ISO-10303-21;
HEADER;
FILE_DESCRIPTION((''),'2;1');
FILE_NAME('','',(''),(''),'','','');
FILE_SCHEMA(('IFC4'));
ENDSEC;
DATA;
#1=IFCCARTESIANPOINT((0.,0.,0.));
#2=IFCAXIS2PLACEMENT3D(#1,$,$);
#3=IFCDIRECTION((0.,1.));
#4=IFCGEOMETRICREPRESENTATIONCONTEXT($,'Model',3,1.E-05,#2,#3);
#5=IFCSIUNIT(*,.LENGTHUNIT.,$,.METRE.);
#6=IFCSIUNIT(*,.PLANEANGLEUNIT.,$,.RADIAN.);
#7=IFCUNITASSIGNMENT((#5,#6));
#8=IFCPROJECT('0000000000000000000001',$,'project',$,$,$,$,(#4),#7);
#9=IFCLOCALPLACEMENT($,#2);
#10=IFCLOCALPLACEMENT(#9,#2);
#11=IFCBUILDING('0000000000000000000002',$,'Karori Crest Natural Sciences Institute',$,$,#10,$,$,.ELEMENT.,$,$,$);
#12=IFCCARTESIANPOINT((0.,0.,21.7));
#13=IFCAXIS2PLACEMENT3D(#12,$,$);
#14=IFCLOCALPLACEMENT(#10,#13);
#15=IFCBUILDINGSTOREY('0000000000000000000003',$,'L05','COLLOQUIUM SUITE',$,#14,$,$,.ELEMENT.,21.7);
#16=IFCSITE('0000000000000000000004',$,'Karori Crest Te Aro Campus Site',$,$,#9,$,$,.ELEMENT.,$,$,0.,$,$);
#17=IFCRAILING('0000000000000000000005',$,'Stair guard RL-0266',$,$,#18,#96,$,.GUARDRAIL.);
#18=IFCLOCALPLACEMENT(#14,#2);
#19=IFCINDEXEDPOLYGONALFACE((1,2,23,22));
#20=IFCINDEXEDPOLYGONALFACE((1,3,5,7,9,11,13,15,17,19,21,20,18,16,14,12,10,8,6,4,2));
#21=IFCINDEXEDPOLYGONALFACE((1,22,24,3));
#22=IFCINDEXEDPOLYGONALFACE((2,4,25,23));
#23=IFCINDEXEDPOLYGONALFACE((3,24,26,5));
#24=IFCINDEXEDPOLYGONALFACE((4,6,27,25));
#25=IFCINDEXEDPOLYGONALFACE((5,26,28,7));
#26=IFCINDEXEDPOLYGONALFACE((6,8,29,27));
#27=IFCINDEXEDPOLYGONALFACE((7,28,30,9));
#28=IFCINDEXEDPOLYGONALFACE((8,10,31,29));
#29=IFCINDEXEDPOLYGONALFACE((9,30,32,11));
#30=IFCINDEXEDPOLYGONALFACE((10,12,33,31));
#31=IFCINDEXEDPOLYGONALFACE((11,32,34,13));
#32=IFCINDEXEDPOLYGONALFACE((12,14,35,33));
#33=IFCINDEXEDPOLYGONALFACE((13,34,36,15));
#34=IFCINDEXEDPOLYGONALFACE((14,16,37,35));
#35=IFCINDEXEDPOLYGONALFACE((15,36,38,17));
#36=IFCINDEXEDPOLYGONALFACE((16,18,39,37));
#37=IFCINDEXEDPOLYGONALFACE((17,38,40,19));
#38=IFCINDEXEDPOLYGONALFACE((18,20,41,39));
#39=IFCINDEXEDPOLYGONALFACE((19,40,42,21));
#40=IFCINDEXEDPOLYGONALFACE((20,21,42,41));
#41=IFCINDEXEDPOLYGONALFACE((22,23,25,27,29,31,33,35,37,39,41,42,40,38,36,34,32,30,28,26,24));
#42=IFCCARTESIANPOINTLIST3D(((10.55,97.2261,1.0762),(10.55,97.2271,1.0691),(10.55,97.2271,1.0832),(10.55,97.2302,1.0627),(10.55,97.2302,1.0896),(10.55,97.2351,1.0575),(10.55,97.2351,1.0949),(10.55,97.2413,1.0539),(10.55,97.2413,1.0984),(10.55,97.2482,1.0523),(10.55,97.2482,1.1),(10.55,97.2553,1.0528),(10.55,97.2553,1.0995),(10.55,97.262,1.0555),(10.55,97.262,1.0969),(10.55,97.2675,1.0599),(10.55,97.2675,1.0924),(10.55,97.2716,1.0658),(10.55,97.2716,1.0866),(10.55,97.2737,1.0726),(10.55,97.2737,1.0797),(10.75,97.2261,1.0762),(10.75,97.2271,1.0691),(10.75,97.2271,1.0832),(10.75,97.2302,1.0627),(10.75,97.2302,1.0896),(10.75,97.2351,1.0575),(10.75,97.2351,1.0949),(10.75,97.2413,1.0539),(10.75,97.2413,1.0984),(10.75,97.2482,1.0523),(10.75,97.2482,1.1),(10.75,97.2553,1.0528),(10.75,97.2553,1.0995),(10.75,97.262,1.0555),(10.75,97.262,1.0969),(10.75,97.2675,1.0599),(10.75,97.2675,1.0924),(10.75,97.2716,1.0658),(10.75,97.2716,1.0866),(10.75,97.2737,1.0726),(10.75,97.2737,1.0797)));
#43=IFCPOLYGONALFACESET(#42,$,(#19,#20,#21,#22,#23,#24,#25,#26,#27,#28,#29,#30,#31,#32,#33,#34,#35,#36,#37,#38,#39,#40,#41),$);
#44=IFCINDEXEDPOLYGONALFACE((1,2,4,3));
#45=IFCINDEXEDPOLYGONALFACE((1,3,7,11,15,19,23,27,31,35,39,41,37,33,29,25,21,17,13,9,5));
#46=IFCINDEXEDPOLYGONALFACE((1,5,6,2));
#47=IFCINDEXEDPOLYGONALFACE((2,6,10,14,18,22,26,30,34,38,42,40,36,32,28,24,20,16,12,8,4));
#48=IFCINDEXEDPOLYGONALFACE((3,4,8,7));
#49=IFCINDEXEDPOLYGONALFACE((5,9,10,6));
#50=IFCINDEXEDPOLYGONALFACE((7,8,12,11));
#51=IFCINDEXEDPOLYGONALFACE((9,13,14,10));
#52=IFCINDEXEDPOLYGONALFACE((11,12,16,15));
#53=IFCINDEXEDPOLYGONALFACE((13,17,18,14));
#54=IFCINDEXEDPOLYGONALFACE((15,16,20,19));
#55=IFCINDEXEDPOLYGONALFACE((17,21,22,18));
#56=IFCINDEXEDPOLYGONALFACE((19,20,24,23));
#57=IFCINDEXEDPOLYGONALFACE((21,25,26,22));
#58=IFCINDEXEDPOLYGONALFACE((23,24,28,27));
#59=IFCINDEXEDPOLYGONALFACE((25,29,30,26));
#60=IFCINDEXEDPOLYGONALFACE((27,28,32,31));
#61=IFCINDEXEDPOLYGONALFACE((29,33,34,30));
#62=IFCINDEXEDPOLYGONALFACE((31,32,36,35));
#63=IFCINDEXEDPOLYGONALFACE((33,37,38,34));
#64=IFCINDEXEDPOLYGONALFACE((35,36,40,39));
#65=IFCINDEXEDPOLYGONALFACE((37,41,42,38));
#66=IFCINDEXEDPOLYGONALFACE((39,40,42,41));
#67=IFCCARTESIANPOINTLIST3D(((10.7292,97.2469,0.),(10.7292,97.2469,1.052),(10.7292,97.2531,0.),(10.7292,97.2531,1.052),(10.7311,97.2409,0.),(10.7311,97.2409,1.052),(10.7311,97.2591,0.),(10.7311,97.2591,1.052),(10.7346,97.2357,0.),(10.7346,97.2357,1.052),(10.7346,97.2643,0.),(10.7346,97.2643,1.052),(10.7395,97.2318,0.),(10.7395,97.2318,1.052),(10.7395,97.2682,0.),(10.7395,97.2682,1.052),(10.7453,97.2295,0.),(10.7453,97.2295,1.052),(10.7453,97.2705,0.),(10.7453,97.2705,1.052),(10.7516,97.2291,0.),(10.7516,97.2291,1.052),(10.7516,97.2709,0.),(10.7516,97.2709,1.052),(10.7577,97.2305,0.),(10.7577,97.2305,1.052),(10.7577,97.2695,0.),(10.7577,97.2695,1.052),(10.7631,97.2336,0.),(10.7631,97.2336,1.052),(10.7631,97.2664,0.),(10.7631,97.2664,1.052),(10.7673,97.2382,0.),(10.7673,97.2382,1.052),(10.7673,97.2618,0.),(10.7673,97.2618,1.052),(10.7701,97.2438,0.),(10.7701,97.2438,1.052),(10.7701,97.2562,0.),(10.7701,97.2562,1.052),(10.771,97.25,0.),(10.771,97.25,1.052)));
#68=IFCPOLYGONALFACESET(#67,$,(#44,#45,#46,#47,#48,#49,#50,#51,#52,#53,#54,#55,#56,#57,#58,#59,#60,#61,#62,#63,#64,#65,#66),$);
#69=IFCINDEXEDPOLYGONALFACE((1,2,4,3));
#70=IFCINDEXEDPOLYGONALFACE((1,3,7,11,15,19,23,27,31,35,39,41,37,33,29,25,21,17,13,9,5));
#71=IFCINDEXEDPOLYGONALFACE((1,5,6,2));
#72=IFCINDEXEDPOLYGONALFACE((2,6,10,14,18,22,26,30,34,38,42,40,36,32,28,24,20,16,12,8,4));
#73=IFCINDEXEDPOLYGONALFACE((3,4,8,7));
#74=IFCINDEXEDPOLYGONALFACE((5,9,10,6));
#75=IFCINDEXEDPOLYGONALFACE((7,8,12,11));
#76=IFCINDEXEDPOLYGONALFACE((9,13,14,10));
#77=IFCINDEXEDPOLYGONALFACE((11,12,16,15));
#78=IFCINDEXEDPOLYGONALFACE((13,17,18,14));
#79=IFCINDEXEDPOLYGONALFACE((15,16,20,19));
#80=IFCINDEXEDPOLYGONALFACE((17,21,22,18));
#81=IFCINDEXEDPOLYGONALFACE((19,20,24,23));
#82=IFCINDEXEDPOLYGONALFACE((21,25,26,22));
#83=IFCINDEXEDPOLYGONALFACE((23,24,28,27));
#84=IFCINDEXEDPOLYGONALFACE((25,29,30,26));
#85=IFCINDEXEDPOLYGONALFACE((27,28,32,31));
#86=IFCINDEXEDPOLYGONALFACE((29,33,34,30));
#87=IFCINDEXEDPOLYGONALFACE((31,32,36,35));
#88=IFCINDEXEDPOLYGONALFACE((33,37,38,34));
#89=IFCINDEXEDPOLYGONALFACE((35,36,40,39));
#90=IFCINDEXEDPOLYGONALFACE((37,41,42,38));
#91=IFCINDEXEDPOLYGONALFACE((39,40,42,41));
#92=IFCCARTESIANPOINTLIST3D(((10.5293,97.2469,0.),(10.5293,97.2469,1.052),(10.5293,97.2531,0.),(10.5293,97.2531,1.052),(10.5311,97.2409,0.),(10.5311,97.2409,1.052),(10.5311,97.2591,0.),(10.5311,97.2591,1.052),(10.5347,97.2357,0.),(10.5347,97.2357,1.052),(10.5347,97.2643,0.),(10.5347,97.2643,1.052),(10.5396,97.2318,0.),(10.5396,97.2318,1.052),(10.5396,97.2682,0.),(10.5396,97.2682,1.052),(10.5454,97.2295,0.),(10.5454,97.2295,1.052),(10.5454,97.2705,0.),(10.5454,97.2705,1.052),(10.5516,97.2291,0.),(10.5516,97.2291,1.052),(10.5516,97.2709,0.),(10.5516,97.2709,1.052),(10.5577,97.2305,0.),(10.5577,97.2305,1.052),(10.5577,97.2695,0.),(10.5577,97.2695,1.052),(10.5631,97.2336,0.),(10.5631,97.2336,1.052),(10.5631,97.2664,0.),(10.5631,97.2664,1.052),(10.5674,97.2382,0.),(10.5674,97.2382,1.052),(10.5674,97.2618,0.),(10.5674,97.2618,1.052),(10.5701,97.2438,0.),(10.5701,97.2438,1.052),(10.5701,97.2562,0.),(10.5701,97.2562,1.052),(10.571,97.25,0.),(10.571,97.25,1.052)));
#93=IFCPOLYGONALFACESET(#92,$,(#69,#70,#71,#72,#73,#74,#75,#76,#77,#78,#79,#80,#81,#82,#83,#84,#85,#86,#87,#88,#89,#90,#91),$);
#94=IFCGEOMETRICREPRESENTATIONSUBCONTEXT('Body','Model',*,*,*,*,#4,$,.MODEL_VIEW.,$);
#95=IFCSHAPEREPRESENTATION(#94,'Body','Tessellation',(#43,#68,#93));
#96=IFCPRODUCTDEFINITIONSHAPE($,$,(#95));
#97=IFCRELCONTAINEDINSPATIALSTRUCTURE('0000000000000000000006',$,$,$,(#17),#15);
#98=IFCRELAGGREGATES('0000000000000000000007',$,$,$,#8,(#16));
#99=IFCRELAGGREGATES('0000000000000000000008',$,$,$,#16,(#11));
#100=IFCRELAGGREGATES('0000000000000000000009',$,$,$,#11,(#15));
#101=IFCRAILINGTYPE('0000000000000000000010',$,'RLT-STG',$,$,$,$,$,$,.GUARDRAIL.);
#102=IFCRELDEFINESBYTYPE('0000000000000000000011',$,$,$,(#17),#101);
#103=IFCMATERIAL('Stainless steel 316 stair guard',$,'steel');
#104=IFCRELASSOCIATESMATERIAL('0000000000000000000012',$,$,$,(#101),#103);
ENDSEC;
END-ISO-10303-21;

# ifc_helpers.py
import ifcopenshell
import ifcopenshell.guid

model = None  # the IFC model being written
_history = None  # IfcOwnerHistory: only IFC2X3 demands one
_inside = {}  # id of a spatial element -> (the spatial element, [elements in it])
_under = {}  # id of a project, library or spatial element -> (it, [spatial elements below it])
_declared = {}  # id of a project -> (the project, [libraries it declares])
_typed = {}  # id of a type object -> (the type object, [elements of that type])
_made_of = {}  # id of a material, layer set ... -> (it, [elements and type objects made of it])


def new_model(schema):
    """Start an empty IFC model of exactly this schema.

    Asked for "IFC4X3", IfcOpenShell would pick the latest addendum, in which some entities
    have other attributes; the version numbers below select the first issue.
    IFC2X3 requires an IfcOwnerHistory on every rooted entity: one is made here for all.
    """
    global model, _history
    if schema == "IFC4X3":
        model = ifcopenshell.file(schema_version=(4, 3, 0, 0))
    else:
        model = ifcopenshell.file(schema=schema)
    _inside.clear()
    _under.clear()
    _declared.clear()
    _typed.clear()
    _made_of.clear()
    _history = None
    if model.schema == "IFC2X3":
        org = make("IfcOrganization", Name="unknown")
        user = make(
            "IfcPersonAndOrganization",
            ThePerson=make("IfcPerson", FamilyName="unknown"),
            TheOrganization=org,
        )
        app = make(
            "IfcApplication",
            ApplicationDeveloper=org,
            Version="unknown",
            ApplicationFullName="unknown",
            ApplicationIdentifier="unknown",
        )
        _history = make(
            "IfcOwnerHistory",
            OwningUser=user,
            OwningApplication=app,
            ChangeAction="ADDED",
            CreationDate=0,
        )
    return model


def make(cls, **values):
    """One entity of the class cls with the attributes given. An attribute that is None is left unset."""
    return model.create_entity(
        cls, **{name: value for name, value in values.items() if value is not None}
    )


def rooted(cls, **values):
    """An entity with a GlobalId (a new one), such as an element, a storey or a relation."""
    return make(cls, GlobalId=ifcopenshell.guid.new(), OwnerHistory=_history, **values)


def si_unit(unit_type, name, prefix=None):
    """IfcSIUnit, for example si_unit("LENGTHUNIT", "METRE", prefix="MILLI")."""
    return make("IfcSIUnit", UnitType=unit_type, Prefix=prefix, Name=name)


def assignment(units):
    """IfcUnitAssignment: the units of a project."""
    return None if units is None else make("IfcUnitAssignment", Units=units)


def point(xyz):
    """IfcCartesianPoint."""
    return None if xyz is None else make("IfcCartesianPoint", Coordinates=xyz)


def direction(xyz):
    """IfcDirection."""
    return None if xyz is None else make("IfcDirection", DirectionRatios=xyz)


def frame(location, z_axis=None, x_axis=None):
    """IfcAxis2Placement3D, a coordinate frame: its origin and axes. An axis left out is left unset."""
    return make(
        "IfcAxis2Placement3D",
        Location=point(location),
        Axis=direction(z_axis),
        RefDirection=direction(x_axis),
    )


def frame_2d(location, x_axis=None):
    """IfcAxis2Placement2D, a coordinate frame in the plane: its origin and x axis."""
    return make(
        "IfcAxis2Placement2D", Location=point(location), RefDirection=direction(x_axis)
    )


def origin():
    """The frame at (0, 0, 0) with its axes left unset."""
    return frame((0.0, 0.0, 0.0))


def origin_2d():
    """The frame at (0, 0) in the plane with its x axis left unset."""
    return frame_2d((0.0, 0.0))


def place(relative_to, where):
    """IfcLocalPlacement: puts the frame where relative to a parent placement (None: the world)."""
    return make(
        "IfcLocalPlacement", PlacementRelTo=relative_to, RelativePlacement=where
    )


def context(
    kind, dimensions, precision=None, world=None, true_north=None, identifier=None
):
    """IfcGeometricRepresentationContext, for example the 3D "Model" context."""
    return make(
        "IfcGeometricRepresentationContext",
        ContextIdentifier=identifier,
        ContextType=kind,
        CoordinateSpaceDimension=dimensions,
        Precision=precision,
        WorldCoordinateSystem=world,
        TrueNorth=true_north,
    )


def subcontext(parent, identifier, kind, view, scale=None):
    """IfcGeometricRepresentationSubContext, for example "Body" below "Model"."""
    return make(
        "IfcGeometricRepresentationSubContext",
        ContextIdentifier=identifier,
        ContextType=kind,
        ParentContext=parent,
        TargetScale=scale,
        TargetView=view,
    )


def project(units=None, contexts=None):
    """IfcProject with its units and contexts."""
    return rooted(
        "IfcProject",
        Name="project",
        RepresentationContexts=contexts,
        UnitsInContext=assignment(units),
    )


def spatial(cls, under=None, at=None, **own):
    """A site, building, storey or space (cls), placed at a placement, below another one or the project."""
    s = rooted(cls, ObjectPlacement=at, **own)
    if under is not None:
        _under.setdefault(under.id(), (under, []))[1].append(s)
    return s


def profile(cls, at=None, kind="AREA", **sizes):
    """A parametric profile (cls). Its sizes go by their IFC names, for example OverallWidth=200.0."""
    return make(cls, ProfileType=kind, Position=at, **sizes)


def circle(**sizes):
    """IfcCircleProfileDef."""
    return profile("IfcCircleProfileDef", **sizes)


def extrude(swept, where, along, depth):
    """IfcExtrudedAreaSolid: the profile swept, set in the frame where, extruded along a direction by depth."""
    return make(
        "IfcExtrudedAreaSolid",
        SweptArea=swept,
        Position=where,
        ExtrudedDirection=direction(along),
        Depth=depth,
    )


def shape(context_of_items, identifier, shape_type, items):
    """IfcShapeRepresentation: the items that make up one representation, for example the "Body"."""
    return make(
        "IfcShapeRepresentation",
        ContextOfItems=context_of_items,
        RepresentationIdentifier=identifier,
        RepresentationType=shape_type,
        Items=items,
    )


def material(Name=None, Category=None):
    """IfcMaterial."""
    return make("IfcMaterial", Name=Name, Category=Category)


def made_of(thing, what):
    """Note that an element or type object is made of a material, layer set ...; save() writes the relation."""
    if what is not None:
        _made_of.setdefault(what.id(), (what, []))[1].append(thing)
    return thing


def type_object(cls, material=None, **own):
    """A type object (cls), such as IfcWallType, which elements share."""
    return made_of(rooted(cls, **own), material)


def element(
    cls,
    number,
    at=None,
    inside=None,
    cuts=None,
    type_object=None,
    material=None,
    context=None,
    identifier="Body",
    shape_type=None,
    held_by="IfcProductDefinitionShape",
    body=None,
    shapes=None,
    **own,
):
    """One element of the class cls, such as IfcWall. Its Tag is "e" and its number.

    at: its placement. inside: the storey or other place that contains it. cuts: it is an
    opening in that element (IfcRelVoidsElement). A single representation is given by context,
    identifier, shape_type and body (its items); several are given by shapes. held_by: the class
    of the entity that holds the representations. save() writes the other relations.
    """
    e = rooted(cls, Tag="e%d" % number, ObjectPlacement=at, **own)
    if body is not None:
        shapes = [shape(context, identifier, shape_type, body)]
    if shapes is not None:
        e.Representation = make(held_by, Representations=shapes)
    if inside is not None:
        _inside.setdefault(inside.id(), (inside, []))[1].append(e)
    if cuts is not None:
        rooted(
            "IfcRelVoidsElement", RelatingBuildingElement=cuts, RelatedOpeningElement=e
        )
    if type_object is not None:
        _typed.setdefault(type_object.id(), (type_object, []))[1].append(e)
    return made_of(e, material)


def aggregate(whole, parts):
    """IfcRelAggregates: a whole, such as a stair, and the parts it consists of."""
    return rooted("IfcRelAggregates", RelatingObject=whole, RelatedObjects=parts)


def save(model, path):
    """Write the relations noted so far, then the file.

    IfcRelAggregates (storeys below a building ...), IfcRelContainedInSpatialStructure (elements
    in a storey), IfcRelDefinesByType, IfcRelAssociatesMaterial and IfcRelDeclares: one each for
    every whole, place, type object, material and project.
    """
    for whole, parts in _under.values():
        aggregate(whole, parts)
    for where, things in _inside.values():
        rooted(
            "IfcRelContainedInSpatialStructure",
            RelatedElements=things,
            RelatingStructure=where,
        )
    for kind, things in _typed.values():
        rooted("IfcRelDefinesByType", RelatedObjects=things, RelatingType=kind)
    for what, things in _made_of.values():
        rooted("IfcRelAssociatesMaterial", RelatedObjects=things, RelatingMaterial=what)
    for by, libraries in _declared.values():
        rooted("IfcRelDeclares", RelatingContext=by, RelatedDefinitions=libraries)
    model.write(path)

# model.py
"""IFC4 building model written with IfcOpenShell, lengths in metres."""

from ifc_helpers import new_model, si_unit, direction, frame, origin, origin_2d, place, context, subcontext, project, spatial, circle, extrude, material, type_object, element, save


model = new_model("IFC4")

# Units and contexts
model_context = context("Model", 3, precision=1e-05, world=origin(), true_north=direction((0.0, 1.0)))
body_context = subcontext(model_context, "Body", "Model", "MODEL_VIEW")
ifc_project = project(units=[si_unit("LENGTHUNIT", "METRE"), si_unit("PLANEANGLEUNIT", "RADIAN")], contexts=[model_context])

# Site, building, storey
site_placement = place(None, origin())
site = spatial("IfcSite", under=ifc_project, at=site_placement, Name="Karori Crest Te Aro Campus Site", CompositionType="ELEMENT", RefElevation=0.0)
building_placement = place(site_placement, origin())
building = spatial("IfcBuilding", under=site, at=building_placement, Name="Karori Crest Natural Sciences Institute", CompositionType="ELEMENT")
storey_placement = place(building_placement, frame((0.0, 0.0, 21.7)))
storey = spatial("IfcBuildingStorey", under=building, at=storey_placement, Name="L05", Description="COLLOQUIUM SUITE", CompositionType="ELEMENT", Elevation=21.7)

# Railing
ifc_material_1 = material(Name="Stainless steel 316 stair guard", Category="steel")
railing_type_1 = type_object("IfcRailingType", Name="RLT-STG", PredefinedType="GUARDRAIL", material=ifc_material_1)
railing_1_placement = place(storey_placement, frame((10.75, 97.25, 0.0)))
element("IfcRailing", 1, at=railing_1_placement, inside=storey, type_object=railing_type_1, Name="Stair guard RL-0266", PredefinedType="GUARDRAIL", context=body_context, shape_type="SweptSolid", body=[
    extrude(circle(Radius=0.0239, at=origin_2d()), frame((0.0, 0.0, 1.0762), z_axis=(-1.0, 0.0, 0.0), x_axis=(0.0, -1.0, 0.0)), (0.0, 0.0, 1.0), 0.2),
    extrude(circle(Radius=0.021, at=origin_2d()), origin(), (0.0, 0.0, 1.0), 1.052),
    extrude(circle(Radius=0.021, at=origin_2d()), frame((-0.2, 0.0, 0.0)), (0.0, 0.0, 1.0), 1.052),
])

save(model, "model.ifc")
